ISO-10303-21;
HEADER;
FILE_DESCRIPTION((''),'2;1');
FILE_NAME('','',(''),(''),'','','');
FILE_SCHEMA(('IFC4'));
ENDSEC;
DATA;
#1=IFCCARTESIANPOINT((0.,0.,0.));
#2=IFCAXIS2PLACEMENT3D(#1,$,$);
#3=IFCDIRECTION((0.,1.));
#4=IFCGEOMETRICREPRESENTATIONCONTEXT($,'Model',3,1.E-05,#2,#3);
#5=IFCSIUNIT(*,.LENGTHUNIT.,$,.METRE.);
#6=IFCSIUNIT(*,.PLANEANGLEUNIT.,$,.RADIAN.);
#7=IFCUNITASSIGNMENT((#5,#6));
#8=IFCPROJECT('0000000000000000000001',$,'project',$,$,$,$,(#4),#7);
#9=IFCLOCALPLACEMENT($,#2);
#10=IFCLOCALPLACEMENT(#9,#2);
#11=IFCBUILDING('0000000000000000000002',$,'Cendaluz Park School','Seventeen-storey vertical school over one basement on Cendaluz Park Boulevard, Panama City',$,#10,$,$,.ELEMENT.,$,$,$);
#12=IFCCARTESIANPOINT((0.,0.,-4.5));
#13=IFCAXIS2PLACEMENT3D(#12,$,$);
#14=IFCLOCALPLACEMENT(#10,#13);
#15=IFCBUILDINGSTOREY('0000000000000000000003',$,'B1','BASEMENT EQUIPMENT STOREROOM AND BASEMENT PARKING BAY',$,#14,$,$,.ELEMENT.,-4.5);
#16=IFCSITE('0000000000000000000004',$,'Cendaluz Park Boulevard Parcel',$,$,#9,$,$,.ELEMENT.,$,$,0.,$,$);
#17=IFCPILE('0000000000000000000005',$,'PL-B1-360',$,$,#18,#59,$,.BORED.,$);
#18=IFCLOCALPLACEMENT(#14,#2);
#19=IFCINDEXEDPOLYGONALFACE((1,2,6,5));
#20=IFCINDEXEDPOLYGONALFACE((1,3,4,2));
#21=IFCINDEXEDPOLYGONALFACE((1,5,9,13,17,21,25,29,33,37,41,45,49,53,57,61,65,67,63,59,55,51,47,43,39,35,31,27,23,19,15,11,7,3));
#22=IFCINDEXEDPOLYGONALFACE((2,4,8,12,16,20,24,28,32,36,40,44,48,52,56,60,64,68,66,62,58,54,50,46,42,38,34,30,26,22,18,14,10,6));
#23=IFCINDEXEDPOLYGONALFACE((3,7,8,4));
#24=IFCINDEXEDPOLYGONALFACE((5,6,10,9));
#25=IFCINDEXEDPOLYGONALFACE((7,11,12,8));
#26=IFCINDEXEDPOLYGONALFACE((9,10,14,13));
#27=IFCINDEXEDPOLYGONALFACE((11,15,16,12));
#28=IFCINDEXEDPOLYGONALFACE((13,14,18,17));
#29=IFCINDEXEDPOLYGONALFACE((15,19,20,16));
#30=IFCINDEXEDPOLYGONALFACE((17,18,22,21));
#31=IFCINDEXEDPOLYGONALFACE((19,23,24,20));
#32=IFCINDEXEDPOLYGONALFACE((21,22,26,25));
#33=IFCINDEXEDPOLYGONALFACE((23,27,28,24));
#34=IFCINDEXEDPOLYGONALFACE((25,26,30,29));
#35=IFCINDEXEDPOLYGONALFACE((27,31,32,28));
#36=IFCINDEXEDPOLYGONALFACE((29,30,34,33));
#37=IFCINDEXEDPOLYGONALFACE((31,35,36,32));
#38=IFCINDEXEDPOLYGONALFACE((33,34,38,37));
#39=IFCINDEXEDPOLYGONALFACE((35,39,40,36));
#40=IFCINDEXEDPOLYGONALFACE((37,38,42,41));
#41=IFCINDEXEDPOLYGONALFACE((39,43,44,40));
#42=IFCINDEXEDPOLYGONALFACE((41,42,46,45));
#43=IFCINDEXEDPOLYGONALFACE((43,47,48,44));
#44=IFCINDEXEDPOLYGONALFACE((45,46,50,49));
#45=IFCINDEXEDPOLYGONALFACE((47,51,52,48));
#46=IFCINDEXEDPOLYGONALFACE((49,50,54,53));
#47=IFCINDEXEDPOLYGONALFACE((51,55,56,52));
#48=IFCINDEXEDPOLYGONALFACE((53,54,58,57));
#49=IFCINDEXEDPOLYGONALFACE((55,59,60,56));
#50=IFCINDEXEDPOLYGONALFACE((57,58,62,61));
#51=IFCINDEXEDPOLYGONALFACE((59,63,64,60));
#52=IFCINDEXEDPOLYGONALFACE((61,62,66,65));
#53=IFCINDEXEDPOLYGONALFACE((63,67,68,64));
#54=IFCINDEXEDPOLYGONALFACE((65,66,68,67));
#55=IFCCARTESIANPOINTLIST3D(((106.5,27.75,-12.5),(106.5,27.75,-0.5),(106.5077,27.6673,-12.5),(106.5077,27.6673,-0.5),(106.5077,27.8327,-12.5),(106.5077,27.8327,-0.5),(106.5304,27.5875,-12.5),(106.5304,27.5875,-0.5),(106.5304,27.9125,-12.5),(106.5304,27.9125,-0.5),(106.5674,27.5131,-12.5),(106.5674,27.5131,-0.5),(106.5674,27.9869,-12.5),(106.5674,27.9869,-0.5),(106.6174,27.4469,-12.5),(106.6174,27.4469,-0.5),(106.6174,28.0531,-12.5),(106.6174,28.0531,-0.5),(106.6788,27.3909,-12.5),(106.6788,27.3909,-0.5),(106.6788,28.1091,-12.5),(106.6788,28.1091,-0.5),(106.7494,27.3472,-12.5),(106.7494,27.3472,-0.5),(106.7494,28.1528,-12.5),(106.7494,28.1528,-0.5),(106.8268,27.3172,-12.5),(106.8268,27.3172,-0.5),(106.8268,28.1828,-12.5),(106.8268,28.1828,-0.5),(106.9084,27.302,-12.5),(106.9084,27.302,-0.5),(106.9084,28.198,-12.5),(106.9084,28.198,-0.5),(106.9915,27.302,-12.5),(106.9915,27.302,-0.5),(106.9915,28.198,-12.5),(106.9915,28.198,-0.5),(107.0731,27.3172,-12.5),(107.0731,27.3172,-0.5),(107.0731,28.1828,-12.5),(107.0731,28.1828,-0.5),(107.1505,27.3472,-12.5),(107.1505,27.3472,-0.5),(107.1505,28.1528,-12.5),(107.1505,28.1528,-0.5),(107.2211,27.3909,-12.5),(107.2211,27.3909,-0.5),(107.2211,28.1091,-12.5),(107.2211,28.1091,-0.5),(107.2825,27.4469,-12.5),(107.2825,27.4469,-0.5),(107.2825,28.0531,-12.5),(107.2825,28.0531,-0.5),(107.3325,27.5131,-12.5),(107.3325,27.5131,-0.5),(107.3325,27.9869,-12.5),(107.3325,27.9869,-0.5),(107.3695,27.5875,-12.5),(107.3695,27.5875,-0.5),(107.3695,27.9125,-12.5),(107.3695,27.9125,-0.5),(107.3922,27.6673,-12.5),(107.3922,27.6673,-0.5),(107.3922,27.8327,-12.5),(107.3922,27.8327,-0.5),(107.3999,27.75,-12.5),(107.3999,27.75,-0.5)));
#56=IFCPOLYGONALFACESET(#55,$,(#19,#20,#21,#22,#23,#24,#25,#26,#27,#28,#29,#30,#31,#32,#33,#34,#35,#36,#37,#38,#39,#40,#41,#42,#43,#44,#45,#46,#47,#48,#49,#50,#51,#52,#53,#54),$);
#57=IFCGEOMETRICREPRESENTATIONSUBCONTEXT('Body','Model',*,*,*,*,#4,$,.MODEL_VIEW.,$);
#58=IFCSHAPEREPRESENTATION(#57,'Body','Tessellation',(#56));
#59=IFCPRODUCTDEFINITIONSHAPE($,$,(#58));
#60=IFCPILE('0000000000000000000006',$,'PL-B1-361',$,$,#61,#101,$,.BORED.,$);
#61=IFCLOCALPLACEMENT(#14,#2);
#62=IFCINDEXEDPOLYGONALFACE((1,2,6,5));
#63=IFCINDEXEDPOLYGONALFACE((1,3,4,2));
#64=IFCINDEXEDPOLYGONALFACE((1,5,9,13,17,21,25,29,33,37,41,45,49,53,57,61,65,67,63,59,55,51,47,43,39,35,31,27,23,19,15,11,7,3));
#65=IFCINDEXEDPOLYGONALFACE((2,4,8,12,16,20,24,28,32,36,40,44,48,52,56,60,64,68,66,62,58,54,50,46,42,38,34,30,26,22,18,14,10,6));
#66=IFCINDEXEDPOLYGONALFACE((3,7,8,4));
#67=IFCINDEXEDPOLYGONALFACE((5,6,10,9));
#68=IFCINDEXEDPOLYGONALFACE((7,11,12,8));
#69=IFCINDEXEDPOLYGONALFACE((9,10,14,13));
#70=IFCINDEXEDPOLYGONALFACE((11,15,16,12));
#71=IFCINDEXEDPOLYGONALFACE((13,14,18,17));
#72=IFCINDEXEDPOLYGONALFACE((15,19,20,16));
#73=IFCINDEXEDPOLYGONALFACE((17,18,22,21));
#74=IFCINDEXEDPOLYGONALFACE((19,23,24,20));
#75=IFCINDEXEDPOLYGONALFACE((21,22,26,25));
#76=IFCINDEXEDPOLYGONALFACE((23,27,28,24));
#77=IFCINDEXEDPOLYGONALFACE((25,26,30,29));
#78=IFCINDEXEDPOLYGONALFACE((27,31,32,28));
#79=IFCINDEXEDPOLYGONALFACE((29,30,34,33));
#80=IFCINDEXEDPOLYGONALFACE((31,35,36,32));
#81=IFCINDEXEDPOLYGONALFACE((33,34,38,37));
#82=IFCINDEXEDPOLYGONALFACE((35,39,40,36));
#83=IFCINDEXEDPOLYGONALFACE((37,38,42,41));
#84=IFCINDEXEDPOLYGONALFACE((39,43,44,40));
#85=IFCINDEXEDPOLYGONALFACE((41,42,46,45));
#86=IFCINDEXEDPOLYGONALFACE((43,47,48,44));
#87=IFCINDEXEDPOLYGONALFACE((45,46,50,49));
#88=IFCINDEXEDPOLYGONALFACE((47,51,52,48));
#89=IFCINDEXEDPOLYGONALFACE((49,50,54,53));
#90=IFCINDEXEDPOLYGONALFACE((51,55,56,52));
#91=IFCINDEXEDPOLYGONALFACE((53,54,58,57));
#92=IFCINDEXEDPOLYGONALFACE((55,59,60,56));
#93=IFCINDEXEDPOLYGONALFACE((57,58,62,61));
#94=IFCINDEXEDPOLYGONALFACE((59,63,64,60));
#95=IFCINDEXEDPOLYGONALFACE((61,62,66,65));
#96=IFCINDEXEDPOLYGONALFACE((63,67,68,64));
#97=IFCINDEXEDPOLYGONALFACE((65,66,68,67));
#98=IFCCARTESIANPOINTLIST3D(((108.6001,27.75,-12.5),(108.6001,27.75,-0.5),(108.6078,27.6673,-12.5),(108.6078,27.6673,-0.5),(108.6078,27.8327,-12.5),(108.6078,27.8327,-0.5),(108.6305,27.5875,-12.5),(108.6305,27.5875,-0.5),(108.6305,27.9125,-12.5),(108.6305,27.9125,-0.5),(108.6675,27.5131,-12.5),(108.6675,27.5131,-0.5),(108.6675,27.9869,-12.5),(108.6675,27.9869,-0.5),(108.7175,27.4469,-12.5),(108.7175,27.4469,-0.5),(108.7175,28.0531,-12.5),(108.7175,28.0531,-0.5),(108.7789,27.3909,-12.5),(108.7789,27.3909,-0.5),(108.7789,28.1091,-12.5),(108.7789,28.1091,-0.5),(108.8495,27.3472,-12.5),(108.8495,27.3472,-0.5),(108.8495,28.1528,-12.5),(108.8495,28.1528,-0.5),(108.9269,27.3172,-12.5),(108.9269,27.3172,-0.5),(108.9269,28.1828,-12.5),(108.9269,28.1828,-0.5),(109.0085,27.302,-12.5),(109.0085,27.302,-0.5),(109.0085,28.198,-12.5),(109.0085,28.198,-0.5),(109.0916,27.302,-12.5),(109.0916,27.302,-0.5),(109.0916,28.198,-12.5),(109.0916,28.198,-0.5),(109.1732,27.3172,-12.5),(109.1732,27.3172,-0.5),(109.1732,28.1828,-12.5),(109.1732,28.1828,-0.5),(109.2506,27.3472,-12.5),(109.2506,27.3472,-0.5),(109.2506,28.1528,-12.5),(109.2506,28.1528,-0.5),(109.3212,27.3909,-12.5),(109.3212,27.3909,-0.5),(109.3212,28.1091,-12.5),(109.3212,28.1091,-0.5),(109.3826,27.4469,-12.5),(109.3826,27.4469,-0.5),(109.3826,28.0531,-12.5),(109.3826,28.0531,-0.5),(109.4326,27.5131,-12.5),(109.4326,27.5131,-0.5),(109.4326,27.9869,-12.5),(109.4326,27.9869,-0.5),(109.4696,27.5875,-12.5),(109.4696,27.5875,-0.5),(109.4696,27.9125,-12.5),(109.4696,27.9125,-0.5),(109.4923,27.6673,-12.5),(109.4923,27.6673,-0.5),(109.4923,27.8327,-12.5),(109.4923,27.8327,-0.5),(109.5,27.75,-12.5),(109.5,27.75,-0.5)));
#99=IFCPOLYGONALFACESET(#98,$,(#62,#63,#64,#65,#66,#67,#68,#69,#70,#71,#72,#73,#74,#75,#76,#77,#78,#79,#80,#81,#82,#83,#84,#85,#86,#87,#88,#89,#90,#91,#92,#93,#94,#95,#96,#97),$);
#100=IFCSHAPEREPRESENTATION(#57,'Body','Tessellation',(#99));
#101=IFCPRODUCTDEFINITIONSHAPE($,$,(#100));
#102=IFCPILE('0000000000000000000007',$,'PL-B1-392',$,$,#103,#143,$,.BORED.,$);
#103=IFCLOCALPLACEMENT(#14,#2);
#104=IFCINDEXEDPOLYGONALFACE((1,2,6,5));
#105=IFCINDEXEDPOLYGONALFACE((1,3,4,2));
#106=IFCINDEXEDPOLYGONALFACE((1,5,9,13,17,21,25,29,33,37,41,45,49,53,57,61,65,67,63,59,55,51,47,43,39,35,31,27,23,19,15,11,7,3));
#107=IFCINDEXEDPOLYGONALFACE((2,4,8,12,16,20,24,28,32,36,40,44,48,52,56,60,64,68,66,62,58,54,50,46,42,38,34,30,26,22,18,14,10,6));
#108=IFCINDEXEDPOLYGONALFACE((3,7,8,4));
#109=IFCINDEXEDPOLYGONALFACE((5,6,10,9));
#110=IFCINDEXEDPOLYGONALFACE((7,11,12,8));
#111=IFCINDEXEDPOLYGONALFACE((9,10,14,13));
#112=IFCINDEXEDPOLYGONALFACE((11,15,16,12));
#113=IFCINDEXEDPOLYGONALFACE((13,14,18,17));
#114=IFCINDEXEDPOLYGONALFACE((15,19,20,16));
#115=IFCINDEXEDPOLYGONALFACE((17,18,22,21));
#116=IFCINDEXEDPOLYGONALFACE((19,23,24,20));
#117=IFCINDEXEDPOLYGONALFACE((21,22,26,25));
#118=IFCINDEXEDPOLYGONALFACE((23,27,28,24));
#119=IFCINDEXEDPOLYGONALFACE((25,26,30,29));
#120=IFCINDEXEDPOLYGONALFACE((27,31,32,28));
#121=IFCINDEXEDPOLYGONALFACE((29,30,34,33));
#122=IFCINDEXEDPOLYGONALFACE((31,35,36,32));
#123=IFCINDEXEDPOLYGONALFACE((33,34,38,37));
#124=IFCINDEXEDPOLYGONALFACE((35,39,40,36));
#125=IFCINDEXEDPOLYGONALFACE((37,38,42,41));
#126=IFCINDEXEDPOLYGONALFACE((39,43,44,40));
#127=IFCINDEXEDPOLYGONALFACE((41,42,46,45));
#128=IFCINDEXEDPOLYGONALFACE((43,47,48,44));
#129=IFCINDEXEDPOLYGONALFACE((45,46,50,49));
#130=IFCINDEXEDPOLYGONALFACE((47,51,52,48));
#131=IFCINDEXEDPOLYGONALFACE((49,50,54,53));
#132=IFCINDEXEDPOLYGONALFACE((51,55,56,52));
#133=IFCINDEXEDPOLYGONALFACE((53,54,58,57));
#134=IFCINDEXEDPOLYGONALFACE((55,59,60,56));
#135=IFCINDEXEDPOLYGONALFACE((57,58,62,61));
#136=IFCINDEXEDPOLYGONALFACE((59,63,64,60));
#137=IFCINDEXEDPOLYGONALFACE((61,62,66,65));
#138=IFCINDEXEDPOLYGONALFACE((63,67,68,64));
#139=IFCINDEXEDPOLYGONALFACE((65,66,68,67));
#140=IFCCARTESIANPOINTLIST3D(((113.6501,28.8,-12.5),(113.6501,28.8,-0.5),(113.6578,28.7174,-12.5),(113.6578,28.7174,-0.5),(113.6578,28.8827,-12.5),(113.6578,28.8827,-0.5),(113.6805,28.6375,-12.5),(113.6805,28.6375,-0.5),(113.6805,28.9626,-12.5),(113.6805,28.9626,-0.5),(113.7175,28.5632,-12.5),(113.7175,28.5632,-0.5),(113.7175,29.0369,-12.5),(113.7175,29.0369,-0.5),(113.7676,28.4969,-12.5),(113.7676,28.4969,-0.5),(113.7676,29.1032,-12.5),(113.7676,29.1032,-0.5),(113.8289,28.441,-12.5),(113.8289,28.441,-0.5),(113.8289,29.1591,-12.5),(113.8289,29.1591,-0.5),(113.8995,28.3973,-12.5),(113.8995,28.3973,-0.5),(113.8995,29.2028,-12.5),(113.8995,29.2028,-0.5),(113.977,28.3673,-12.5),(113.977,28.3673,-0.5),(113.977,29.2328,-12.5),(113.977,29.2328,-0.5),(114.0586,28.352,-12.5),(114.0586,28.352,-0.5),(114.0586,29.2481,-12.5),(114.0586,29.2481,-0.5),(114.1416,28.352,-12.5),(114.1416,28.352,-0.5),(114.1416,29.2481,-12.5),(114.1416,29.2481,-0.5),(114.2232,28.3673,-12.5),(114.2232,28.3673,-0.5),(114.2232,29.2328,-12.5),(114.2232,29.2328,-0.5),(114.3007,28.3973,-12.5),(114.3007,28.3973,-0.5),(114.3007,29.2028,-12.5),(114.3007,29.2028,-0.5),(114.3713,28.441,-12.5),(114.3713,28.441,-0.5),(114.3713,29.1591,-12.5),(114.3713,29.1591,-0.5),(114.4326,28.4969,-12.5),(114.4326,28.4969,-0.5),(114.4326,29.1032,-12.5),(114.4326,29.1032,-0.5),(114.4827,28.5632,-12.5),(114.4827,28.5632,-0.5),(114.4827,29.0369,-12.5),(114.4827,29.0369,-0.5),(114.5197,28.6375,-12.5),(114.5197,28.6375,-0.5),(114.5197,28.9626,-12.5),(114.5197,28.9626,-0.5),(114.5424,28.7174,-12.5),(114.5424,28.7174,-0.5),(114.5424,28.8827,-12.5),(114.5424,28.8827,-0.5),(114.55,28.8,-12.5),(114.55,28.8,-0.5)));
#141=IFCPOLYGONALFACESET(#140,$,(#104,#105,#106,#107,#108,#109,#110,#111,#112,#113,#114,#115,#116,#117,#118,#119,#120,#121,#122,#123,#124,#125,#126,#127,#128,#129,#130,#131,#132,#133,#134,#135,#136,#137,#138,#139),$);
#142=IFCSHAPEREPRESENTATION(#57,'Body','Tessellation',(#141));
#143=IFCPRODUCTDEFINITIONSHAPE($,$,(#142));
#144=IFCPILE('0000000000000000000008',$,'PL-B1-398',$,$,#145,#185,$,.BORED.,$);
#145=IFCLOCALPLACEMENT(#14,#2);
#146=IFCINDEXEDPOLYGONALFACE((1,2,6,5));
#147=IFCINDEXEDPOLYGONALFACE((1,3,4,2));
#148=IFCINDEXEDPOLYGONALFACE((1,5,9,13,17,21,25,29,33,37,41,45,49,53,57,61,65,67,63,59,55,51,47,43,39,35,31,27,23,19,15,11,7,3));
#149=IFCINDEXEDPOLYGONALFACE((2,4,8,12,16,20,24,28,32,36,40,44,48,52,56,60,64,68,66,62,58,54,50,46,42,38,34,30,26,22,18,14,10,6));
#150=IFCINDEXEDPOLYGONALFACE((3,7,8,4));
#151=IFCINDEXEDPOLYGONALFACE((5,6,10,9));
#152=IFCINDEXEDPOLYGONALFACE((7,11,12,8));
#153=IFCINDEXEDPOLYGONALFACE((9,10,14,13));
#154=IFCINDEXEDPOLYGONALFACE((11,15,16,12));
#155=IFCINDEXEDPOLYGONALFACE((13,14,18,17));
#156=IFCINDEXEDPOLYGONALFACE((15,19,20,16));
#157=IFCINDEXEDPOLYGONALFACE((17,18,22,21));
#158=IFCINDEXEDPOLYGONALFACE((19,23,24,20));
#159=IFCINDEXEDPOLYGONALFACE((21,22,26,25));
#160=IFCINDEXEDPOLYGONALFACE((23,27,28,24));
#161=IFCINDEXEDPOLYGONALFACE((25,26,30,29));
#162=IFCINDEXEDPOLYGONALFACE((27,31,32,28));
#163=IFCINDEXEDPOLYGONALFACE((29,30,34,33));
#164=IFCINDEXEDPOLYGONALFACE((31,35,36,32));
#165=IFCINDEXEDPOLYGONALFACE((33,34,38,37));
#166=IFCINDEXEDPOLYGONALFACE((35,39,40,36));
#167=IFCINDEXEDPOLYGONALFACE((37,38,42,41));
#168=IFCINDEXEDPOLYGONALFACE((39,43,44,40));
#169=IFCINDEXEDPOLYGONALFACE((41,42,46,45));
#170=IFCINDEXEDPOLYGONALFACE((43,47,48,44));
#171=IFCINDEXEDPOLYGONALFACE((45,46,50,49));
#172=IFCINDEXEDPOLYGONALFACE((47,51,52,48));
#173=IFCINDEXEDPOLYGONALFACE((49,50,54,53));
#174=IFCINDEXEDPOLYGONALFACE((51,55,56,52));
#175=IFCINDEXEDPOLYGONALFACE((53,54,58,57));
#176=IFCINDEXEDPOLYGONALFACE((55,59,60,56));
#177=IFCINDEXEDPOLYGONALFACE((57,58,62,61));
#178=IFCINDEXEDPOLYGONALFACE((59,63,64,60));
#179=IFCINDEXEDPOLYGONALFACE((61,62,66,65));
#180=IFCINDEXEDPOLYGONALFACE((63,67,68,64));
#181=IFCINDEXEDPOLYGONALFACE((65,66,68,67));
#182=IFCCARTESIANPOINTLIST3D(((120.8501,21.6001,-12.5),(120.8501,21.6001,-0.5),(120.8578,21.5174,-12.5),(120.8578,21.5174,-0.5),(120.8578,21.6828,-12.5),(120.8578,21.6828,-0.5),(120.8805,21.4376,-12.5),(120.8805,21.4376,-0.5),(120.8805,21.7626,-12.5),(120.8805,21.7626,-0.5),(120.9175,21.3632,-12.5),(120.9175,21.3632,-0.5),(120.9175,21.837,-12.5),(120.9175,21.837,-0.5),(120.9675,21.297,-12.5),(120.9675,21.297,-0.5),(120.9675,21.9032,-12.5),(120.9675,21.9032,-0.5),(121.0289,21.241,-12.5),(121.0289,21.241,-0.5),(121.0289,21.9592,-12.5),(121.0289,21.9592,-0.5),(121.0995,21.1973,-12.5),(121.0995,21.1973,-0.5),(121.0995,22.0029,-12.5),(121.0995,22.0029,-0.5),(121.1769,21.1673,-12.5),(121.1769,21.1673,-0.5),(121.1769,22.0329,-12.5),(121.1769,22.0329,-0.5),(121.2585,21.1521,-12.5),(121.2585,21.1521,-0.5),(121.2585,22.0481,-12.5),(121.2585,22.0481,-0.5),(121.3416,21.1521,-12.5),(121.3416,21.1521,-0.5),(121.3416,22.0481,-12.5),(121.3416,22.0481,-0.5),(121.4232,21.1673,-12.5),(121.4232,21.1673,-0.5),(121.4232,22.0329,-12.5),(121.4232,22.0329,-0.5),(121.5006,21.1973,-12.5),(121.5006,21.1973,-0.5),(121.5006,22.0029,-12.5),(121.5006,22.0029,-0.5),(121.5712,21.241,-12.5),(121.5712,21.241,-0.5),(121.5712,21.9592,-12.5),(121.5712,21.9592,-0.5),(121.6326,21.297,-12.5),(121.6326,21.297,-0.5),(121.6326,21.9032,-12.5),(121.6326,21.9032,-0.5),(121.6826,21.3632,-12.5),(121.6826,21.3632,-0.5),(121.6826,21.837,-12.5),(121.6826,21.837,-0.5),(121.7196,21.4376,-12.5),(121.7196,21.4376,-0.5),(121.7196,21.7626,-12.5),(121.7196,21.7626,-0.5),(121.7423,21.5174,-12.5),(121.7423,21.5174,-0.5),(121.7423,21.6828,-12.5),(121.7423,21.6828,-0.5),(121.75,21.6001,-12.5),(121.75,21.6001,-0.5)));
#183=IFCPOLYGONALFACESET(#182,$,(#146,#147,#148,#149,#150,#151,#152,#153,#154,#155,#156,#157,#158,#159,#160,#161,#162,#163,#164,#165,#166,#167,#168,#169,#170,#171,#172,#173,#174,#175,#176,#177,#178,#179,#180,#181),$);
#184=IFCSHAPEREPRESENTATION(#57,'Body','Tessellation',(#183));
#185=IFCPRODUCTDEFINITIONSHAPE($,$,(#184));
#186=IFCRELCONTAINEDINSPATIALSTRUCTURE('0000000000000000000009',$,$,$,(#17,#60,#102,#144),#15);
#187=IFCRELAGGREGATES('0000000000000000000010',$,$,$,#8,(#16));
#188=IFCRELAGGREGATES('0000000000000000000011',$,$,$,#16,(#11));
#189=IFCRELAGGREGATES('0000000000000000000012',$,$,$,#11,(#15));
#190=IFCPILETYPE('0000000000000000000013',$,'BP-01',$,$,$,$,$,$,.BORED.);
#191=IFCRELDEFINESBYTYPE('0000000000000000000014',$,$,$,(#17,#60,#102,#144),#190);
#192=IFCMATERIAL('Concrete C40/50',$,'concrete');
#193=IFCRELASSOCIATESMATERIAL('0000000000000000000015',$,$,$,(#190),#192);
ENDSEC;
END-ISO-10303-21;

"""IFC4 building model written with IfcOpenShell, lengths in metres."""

from ifc_helpers import new_model, si_unit, direction, frame, origin, origin_2d, place, context, subcontext, project, spatial, circle, extrude, material, material_profile, profile_set, type_object, element, save


model = new_model("IFC4")

# Units and contexts
model_context = context("Model", 3, precision=1e-05, world=origin(), true_north=direction((0.0, 1.0)))
body_context = subcontext(model_context, "Body", "Model", "MODEL_VIEW")
ifc_project = project(units=[si_unit("LENGTHUNIT", "METRE"), si_unit("PLANEANGLEUNIT", "RADIAN")], contexts=[model_context])

# Site, building, storey
site_placement = place(None, origin())
site = spatial("IfcSite", under=ifc_project, at=site_placement, Name="Cendaluz Park Boulevard Parcel", CompositionType="ELEMENT", RefElevation=0.0)
building_placement = place(site_placement, origin())
building = spatial("IfcBuilding", under=site, at=building_placement, Name="Cendaluz Park School", Description="Seventeen-storey vertical school over one basement on Cendaluz Park Boulevard, Panama City", CompositionType="ELEMENT")
storey_placement = place(building_placement, frame((0.0, 0.0, -4.5)))
storey = spatial("IfcBuildingStorey", under=building, at=storey_placement, Name="B1", Description="BASEMENT EQUIPMENT STOREROOM AND BASEMENT PARKING BAY", CompositionType="ELEMENT", Elevation=-4.5)

# Piles
ifc_material_1 = material(Name="Concrete C40/50", Category="concrete")
ifc_material_profile_1 = material_profile(ifc_material_1, circle(Radius=0.45, at=origin_2d()), Name="BP D900", Category="concrete")
ifc_profile_set_1 = profile_set([ifc_material_profile_1], Name="Concrete C40/50")
pile_type_1 = type_object("IfcPileType", Name="BP-01", PredefinedType="BORED", material=ifc_profile_set_1)
for number, where, z_axis, x_axis, name in (
    (1, (106.95, 27.75, -0.5), (0.0, 0.0, -1.0), (1.0, 0.0, 0.0), "PL-B1-360"),
    (2, (109.05, 27.75, -0.5), (0.0, 0.0, -1.0), (1.0, 0.0, 0.0), "PL-B1-361"),
    (3, (114.1001, 28.8, -0.5), (0.0, 0.0, -1.0), (1.0, 0.0, 0.0), "PL-B1-392"),
    (4, (121.3, 21.6001, -0.5), (0.0, 0.0, -1.0), (1.0, 0.0, 0.0), "PL-B1-398"),
):
    element("IfcPile", number, at=place(storey_placement, frame(where, z_axis=z_axis, x_axis=x_axis)), inside=storey, type_object=pile_type_1, Name=name, PredefinedType="BORED", context=body_context, shape_type="SweptSolid", body=[
        extrude(circle(Radius=0.45, at=origin_2d()), origin(), (0.0, 0.0, 1.0), 12.0),
    ])

save(model, "model.ifc")
